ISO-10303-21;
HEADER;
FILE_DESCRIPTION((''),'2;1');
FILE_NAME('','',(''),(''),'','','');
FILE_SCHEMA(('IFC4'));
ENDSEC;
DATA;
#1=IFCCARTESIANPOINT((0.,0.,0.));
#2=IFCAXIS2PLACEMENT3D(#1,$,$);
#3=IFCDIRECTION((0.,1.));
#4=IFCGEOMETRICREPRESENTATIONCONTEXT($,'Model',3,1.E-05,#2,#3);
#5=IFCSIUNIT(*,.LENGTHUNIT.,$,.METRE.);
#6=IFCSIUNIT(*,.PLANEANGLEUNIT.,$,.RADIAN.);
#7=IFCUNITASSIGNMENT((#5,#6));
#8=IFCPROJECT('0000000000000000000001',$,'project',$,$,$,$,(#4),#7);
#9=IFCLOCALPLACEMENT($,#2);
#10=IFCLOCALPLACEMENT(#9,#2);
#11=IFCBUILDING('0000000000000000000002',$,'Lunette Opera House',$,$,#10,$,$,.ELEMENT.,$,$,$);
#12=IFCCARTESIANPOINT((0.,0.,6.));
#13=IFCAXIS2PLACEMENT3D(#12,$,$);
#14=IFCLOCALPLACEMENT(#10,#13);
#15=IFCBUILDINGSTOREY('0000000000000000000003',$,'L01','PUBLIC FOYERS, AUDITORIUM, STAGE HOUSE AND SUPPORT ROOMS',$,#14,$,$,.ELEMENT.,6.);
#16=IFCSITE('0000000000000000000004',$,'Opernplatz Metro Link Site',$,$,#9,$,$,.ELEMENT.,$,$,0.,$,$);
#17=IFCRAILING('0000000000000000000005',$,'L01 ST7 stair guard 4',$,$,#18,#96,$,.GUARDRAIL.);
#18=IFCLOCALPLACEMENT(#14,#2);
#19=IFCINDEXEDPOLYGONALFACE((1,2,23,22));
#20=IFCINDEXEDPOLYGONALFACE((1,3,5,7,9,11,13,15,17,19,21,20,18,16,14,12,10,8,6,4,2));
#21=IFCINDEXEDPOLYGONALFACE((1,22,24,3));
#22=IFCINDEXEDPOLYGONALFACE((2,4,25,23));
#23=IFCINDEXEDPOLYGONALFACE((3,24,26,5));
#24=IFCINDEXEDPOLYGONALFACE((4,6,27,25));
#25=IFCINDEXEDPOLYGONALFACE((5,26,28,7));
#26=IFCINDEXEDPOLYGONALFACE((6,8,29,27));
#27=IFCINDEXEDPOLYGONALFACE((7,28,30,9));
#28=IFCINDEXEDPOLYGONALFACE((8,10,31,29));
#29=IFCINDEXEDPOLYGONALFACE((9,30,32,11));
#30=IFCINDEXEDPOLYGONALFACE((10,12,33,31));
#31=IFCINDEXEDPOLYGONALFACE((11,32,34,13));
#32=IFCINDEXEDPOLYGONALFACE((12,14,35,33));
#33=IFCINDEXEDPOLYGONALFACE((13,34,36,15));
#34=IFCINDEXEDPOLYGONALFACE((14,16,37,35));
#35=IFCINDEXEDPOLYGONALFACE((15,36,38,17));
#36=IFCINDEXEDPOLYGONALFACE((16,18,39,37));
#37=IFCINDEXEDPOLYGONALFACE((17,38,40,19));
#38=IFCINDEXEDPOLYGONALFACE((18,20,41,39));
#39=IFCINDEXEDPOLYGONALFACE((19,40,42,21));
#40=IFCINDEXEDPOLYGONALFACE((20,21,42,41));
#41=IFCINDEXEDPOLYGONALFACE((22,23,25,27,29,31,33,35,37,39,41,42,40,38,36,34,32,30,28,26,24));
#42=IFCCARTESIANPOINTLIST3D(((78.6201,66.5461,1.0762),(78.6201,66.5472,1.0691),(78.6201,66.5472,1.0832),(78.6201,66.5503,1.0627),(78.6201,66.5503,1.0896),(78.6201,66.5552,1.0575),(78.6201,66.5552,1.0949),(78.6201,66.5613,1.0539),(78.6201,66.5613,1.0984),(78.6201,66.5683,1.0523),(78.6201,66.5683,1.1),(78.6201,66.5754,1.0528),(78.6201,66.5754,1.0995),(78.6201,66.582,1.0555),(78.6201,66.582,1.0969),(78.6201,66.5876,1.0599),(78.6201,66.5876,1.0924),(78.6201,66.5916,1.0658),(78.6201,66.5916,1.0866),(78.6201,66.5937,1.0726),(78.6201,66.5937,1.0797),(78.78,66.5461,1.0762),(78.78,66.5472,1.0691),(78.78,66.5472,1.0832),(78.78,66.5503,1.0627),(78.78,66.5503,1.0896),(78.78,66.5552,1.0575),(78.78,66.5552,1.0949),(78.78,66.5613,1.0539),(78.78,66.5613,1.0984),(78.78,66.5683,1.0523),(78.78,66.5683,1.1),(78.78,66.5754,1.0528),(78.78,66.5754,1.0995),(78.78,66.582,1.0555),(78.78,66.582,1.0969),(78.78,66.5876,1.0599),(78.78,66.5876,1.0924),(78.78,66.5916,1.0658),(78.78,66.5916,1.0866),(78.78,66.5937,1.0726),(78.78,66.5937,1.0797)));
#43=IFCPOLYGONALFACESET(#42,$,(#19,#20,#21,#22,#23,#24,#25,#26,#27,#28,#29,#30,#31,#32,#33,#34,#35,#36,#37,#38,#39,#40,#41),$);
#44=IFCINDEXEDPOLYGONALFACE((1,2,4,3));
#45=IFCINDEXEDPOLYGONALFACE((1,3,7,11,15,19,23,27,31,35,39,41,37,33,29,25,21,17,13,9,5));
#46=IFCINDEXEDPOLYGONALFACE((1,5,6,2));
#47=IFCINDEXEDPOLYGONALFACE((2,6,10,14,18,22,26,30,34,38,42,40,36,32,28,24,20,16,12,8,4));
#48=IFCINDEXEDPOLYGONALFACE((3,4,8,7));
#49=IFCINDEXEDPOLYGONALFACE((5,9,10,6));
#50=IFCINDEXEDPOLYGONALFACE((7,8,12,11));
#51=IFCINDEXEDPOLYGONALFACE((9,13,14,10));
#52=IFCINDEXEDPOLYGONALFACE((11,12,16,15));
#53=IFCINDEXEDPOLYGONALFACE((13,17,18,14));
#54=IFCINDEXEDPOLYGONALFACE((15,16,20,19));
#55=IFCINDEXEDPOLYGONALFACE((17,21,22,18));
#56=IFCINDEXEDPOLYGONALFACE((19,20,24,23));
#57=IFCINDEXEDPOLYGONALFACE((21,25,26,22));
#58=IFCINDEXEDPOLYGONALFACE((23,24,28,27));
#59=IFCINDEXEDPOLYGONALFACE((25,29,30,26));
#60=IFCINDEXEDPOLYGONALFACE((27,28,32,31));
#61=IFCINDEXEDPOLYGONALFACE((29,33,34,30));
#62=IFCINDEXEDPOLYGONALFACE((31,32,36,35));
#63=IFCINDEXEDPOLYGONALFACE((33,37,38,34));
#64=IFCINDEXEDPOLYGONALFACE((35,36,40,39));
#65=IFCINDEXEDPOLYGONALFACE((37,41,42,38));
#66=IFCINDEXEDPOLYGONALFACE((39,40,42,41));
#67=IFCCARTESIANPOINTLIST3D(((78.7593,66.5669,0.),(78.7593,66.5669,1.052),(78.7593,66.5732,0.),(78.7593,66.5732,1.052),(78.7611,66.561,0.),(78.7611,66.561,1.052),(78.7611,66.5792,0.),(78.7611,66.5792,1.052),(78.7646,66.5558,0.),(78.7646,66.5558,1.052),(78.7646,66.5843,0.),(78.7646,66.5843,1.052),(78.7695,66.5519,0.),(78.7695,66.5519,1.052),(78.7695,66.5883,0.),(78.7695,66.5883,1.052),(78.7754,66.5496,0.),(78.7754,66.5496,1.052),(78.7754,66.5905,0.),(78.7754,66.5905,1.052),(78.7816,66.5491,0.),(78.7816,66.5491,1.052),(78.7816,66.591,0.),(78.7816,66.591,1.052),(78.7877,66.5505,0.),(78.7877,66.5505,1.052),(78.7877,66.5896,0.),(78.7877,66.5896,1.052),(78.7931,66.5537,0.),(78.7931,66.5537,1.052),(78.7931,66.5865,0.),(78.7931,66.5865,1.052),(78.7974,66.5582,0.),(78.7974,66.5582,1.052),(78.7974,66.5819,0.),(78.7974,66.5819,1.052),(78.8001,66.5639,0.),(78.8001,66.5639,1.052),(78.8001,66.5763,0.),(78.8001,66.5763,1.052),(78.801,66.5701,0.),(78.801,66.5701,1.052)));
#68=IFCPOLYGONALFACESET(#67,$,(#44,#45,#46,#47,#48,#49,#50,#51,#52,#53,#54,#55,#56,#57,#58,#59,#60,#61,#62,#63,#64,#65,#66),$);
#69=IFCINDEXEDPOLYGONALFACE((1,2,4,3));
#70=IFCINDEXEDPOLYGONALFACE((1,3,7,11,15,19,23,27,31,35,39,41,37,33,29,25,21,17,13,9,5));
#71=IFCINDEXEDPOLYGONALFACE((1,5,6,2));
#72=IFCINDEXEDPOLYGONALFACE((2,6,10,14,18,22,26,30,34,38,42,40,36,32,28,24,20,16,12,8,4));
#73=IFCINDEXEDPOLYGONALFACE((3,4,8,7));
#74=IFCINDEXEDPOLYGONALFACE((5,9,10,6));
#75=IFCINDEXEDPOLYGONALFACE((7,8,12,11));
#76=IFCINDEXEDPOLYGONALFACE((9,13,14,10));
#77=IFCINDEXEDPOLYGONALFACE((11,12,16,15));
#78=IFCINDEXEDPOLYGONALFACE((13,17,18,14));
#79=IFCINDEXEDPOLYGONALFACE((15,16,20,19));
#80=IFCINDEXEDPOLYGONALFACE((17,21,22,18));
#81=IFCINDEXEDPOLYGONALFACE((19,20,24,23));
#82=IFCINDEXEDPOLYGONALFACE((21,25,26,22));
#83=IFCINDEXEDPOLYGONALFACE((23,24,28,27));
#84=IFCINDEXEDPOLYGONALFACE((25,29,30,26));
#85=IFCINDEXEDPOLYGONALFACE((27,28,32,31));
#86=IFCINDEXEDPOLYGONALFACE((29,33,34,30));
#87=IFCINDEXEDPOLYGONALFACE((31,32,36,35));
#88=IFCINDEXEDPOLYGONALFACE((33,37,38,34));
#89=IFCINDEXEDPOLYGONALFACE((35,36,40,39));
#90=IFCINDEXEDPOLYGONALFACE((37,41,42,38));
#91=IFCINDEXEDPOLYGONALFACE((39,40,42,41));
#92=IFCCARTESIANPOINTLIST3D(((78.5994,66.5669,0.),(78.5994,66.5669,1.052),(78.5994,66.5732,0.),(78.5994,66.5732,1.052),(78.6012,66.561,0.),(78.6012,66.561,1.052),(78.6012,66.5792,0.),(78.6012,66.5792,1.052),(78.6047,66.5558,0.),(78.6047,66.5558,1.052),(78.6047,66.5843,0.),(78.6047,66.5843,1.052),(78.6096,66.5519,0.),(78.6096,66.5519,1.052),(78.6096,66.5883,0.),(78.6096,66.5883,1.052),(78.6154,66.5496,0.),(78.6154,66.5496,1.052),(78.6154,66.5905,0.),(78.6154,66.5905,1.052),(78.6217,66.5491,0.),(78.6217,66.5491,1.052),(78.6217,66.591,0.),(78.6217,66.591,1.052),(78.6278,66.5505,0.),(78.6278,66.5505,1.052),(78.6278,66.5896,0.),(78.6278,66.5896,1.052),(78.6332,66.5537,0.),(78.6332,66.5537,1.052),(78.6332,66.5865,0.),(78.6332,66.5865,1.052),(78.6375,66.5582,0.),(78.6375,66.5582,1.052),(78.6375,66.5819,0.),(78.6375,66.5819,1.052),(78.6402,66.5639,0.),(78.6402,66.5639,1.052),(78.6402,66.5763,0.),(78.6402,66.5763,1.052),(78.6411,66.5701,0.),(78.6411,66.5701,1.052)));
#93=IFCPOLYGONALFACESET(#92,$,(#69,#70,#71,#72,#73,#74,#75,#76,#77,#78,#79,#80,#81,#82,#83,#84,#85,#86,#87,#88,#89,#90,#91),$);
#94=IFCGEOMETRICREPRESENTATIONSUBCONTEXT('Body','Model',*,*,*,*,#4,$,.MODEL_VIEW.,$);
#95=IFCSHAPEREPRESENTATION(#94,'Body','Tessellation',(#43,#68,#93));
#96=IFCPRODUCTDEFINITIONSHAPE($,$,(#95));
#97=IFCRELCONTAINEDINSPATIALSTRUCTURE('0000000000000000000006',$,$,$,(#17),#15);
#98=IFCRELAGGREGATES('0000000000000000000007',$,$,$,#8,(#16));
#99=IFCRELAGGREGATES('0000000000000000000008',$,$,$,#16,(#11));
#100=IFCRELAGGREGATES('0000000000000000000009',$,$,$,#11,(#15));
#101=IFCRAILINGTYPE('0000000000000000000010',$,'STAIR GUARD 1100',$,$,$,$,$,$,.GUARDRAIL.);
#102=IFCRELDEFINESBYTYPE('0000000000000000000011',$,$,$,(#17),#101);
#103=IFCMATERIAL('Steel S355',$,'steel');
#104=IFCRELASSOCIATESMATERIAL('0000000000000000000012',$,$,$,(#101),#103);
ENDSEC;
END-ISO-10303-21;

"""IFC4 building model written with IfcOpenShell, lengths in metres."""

from ifc_helpers import new_model, si_unit, direction, frame, origin, origin_2d, place, context, subcontext, project, spatial, circle, extrude, material, type_object, element, save


model = new_model("IFC4")

# Units and contexts
model_context = context("Model", 3, precision=1e-05, world=origin(), true_north=direction((0.0, 1.0)))
body_context = subcontext(model_context, "Body", "Model", "MODEL_VIEW")
ifc_project = project(units=[si_unit("LENGTHUNIT", "METRE"), si_unit("PLANEANGLEUNIT", "RADIAN")], contexts=[model_context])

# Site, building, storey
site_placement = place(None, origin())
site = spatial("IfcSite", under=ifc_project, at=site_placement, Name="Opernplatz Metro Link Site", CompositionType="ELEMENT", RefElevation=0.0)
building_placement = place(site_placement, origin())
building = spatial("IfcBuilding", under=site, at=building_placement, Name="Lunette Opera House", CompositionType="ELEMENT")
storey_placement = place(building_placement, frame((0.0, 0.0, 6.0)))
storey = spatial("IfcBuildingStorey", under=building, at=storey_placement, Name="L01", Description="PUBLIC FOYERS, AUDITORIUM, STAGE HOUSE AND SUPPORT ROOMS", CompositionType="ELEMENT", Elevation=6.0)

# Railing
ifc_material_1 = material(Name="Steel S355", Category="steel")
railing_type_1 = type_object("IfcRailingType", Name="STAIR GUARD 1100", PredefinedType="GUARDRAIL", material=ifc_material_1)
railing_1_placement = place(storey_placement, frame((78.78, 66.5701, 0.0)))
element("IfcRailing", 1, at=railing_1_placement, inside=storey, type_object=railing_type_1, Name="L01 ST7 stair guard 4", PredefinedType="GUARDRAIL", context=body_context, shape_type="SweptSolid", body=[
    extrude(circle(Radius=0.0239, at=origin_2d()), frame((0.0, 0.0, 1.0762), z_axis=(-1.0, 0.0, 0.0), x_axis=(0.0, -1.0, 0.0)), (0.0, 0.0, 1.0), 0.1599),
    extrude(circle(Radius=0.021, at=origin_2d()), origin(), (0.0, 0.0, 1.0), 1.052),
    extrude(circle(Radius=0.021, at=origin_2d()), frame((-0.1599, 0.0, 0.0)), (0.0, 0.0, 1.0), 1.052),
])

save(model, "model.ifc")
